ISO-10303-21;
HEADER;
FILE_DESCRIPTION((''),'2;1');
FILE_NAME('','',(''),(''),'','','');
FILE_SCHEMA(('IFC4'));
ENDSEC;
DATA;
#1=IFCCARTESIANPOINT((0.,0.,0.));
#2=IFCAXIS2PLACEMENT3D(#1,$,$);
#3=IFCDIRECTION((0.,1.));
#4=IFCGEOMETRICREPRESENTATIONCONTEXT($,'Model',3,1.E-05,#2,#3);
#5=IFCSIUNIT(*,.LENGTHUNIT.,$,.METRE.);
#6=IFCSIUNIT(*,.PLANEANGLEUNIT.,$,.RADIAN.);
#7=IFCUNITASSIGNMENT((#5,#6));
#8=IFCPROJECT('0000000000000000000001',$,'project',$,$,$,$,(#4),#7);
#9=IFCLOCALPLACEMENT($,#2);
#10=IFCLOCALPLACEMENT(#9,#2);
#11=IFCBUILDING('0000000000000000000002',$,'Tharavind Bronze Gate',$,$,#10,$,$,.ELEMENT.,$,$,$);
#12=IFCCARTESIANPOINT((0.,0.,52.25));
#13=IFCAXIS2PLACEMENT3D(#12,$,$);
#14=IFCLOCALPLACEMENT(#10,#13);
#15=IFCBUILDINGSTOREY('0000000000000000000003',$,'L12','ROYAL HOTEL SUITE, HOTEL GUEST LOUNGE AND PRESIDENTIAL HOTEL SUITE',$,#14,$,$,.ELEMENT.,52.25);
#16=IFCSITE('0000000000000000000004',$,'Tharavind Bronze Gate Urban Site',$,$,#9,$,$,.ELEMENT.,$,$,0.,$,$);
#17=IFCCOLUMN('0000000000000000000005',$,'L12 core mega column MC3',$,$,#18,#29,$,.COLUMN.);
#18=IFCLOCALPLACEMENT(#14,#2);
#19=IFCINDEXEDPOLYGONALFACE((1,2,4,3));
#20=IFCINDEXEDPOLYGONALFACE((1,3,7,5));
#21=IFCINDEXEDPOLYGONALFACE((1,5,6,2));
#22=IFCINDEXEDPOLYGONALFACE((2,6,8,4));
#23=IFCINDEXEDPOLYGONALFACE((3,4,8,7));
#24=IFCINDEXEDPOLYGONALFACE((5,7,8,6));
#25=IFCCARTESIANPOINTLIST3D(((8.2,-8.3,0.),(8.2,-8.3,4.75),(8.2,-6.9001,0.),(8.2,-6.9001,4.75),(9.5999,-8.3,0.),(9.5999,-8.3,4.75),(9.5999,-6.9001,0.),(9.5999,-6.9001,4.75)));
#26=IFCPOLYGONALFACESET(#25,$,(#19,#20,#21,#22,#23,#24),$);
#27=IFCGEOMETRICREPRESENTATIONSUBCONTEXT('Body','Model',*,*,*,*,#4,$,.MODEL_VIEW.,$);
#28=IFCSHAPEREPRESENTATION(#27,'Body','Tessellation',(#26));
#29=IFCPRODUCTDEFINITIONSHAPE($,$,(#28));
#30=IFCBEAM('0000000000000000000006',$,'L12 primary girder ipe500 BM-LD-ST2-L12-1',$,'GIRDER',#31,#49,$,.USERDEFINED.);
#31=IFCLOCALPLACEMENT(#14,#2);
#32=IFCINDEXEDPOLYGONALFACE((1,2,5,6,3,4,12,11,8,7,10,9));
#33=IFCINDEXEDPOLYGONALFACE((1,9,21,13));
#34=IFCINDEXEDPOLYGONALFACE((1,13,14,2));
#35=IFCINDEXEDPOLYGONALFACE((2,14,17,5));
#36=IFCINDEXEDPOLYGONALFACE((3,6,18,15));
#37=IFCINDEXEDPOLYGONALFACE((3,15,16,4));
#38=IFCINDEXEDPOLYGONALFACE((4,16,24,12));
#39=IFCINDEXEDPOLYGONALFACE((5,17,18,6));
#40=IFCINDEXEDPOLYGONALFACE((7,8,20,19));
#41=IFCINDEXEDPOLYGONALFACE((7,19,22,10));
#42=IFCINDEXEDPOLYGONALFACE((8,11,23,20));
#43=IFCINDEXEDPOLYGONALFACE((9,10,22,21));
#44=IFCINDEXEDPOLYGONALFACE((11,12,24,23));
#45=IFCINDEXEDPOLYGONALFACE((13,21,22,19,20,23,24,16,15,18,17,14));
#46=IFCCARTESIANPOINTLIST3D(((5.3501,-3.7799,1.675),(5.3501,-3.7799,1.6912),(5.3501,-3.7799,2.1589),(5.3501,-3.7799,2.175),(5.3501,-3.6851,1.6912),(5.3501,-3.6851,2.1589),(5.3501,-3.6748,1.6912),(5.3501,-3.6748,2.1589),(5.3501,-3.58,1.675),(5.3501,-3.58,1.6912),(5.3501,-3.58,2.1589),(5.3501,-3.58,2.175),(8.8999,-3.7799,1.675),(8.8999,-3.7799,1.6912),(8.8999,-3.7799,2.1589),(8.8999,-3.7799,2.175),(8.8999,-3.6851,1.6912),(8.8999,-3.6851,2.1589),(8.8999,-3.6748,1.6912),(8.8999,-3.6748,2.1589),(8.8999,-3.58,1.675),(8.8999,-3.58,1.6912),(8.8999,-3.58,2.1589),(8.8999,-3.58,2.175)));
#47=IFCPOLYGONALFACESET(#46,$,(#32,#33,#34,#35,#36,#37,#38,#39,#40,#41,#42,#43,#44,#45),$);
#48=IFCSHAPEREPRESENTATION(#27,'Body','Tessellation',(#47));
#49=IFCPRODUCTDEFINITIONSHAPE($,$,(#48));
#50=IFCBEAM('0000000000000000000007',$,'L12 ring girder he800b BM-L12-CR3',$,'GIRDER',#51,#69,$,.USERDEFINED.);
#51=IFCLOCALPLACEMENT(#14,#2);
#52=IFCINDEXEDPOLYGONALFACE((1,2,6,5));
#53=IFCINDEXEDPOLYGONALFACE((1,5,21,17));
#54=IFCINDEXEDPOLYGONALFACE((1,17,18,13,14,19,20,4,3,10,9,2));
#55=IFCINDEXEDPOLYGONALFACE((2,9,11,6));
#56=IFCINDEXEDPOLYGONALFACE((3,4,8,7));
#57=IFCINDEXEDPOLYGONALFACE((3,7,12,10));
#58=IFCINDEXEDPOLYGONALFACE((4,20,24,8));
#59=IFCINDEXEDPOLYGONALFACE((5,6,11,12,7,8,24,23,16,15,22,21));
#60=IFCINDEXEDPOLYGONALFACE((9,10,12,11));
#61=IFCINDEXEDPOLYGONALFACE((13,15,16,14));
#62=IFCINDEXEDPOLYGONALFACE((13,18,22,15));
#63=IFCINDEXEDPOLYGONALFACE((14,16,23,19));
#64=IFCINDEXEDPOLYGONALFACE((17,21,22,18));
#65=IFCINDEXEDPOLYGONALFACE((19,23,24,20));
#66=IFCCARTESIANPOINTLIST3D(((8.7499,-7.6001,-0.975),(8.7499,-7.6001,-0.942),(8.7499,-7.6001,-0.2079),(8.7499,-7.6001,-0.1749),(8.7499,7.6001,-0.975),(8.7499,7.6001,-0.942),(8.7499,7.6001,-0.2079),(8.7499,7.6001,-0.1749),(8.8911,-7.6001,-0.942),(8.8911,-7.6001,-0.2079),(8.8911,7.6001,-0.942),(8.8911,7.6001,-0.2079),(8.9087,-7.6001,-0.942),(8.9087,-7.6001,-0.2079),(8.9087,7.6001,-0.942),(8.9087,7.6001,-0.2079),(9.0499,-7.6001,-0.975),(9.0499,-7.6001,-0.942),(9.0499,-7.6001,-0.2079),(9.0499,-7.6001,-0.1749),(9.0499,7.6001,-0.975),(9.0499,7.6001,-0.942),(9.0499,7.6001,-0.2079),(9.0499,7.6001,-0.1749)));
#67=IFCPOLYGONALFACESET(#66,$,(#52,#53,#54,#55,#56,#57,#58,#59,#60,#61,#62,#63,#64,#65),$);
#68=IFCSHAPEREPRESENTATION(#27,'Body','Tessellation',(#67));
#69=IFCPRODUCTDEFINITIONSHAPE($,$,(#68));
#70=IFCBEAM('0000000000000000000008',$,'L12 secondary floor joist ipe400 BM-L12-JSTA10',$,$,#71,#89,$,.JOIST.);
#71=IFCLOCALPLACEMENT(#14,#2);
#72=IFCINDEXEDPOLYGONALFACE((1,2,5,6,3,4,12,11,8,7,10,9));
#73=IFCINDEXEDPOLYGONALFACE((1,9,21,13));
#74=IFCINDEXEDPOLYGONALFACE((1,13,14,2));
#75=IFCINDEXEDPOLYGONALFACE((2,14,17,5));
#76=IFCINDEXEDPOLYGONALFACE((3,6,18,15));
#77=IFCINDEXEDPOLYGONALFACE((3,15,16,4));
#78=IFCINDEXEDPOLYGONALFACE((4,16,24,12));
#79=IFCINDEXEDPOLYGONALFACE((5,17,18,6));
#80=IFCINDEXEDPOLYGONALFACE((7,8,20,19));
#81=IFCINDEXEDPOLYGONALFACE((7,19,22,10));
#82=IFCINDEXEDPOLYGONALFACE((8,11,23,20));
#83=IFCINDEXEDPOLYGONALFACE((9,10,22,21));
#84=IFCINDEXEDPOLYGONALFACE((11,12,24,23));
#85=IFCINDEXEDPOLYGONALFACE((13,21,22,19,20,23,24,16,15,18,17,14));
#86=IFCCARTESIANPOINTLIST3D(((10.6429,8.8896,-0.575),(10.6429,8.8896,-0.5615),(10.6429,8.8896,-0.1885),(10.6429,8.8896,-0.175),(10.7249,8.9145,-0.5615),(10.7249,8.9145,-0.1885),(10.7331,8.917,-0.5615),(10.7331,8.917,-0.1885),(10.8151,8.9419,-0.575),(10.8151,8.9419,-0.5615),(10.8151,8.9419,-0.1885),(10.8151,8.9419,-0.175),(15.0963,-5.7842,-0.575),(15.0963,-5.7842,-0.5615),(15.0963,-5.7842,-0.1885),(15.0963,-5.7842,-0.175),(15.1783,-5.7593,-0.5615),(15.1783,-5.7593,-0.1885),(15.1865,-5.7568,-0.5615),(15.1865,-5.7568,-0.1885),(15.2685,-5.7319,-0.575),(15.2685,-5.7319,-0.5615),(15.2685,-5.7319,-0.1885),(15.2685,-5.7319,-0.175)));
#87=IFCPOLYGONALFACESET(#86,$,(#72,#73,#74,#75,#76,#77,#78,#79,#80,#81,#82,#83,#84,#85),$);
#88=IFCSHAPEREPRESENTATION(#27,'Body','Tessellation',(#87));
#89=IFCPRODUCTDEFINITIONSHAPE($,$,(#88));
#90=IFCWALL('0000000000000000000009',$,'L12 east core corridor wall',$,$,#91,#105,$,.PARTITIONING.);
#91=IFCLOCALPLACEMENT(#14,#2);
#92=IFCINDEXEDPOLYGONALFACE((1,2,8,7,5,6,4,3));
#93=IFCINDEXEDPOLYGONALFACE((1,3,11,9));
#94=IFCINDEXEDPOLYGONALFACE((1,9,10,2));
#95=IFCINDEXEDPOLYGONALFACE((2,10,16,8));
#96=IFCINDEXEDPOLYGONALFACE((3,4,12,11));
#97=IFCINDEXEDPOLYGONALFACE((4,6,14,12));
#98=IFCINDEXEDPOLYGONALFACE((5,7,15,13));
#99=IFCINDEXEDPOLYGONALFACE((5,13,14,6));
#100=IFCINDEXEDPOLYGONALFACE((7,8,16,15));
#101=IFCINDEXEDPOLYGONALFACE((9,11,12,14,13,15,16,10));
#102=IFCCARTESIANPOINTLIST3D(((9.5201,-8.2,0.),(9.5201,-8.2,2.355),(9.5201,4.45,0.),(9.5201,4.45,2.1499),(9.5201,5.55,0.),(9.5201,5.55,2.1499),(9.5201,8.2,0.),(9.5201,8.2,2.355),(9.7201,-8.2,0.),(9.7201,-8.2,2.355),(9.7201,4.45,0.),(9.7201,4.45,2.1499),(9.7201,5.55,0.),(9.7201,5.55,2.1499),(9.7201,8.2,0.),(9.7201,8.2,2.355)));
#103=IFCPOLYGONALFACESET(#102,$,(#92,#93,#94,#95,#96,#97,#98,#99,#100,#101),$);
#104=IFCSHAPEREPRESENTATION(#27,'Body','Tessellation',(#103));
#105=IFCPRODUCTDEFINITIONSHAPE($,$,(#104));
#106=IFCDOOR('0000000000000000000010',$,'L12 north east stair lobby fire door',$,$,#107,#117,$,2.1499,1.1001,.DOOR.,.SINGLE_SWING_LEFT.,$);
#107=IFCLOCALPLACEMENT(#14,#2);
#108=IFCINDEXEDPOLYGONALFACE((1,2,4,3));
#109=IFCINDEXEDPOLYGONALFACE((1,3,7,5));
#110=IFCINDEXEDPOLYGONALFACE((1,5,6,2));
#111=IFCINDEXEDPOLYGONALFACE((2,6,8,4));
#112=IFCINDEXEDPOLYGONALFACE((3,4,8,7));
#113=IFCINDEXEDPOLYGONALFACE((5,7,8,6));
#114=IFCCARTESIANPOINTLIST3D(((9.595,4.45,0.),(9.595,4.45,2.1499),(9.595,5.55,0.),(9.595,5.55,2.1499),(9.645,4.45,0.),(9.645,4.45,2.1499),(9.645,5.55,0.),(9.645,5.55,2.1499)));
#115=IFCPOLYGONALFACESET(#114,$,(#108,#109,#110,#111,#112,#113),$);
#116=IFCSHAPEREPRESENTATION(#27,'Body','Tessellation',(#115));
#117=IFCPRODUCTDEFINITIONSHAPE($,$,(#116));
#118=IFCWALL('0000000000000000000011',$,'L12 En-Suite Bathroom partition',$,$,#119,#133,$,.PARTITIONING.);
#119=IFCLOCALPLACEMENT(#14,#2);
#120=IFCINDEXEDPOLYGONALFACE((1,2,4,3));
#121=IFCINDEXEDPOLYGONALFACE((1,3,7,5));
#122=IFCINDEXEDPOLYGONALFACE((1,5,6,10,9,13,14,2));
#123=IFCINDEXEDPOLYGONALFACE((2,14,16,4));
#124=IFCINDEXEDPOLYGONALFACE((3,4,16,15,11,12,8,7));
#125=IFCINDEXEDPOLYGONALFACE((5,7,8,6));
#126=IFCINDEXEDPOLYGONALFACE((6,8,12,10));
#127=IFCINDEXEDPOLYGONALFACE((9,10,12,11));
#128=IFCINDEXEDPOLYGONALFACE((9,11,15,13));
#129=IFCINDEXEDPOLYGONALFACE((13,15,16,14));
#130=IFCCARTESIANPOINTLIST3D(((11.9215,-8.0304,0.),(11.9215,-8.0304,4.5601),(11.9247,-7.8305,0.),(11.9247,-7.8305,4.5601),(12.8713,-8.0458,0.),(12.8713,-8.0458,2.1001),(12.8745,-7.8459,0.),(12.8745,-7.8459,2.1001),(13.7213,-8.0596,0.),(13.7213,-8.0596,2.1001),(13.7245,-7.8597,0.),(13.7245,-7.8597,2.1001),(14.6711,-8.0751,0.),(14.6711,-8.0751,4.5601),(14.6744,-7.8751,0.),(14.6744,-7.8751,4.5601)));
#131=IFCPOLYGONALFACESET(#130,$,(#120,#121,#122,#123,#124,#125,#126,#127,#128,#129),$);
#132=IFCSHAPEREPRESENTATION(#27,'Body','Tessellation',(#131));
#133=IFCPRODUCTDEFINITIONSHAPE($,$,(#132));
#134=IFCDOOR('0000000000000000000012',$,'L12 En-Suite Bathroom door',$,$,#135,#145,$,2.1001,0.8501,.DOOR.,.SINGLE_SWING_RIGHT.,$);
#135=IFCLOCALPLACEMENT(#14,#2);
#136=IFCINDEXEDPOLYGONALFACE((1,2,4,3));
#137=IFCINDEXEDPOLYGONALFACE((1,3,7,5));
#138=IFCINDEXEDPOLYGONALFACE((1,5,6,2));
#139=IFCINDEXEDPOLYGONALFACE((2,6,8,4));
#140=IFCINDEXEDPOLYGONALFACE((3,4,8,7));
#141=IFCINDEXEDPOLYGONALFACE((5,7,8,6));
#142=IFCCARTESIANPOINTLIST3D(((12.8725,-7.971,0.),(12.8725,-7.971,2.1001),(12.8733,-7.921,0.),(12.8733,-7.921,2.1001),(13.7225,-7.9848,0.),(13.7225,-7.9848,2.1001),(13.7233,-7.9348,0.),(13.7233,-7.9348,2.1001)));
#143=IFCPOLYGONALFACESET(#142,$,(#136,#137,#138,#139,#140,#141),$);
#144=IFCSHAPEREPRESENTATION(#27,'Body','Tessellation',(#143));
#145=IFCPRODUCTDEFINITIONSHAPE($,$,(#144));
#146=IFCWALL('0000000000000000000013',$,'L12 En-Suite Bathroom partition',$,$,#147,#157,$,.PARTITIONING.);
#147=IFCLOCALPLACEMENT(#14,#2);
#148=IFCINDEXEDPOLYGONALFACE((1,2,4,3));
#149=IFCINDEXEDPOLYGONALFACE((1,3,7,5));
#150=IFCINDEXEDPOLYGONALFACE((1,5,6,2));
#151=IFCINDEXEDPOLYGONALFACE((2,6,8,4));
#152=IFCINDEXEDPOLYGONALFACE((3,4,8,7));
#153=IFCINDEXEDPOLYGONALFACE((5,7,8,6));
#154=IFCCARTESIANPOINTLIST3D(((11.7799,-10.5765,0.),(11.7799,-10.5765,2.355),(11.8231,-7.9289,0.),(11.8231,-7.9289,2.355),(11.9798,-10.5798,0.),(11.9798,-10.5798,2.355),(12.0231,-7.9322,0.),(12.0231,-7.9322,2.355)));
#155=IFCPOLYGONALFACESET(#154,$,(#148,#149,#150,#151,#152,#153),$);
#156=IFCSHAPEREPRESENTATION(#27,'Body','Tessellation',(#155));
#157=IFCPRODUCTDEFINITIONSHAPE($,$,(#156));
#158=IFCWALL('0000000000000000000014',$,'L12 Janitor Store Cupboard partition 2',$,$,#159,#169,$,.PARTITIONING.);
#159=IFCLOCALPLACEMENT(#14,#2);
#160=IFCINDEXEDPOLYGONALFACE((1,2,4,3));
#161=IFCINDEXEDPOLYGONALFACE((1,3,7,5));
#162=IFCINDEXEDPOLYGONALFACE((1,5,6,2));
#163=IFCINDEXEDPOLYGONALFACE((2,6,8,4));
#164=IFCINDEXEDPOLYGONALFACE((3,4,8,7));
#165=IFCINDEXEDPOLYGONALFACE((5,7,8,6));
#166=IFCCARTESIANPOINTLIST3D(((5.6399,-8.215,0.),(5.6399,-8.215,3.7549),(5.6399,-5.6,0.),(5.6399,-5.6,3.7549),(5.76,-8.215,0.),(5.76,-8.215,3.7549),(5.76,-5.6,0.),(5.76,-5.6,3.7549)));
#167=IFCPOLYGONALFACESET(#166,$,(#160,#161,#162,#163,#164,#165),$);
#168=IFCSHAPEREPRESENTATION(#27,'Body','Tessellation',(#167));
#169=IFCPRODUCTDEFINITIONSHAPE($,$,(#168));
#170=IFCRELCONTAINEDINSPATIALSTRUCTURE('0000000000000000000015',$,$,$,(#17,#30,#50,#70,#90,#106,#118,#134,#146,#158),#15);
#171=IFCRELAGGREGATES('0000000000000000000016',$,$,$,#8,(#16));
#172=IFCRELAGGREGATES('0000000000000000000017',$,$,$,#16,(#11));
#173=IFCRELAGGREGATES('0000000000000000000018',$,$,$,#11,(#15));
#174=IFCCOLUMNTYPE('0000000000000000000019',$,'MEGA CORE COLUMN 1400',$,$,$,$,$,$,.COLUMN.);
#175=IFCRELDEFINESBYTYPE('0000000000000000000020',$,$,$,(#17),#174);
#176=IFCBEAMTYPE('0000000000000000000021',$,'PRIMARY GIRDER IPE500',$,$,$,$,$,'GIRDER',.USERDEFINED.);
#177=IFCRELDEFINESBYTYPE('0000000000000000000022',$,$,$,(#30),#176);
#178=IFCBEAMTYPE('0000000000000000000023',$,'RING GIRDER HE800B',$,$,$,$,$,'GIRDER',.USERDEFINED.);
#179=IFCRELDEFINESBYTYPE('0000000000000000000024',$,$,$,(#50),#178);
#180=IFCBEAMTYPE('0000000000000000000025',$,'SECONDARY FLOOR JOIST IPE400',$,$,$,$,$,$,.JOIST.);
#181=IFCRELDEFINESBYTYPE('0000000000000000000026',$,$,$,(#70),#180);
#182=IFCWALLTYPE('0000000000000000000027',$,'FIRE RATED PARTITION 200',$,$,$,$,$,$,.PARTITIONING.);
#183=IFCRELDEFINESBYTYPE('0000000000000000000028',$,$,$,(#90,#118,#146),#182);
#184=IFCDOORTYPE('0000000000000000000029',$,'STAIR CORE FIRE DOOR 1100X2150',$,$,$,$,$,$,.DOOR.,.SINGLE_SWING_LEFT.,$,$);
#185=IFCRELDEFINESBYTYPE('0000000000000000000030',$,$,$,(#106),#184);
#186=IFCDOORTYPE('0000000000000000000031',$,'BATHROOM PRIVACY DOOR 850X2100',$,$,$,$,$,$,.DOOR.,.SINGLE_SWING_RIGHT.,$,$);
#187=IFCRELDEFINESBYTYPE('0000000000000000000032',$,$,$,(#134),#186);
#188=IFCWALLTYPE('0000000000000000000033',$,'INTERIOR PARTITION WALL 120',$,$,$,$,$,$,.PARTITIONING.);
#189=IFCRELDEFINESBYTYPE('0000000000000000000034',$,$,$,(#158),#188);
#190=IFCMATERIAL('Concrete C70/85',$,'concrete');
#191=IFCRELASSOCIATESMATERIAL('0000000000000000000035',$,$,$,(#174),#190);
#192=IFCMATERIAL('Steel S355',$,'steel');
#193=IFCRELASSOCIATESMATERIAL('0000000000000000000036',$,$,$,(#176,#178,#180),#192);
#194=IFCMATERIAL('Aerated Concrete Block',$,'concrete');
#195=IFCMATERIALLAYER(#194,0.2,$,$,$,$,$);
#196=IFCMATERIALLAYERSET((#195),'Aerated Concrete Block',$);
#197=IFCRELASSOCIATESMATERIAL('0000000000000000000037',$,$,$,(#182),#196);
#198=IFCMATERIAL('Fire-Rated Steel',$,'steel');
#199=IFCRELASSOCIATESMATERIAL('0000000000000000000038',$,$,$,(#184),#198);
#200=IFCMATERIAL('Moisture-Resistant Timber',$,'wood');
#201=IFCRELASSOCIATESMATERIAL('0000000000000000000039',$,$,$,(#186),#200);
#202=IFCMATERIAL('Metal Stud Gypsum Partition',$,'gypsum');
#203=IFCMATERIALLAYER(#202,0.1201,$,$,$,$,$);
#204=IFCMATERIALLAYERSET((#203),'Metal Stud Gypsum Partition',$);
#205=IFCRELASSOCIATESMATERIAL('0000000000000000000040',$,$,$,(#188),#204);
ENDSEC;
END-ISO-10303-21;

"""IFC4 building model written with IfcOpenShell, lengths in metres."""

from ifc_helpers import new_model, si_unit, direction, frame, frame_2d, origin, origin_2d, place, context, subcontext, project, spatial, rectangle, i_section, extrude, material, layer, layer_set, material_profile, profile_set, type_object, element, fill, save


model = new_model("IFC4")

# Units and contexts
model_context = context("Model", 3, precision=1e-05, world=origin(), true_north=direction((0.0, 1.0)))
body_context = subcontext(model_context, "Body", "Model", "MODEL_VIEW")
ifc_project = project(units=[si_unit("LENGTHUNIT", "METRE"), si_unit("PLANEANGLEUNIT", "RADIAN")], contexts=[model_context])

# Site, building, storey
site_placement = place(None, origin())
site = spatial("IfcSite", under=ifc_project, at=site_placement, Name="Tharavind Bronze Gate Urban Site", CompositionType="ELEMENT", RefElevation=0.0)
building_placement = place(site_placement, origin())
building = spatial("IfcBuilding", under=site, at=building_placement, Name="Tharavind Bronze Gate", CompositionType="ELEMENT")
storey_placement = place(building_placement, frame((0.0, 0.0, 52.25)))
storey = spatial("IfcBuildingStorey", under=building, at=storey_placement, Name="L12", Description="ROYAL HOTEL SUITE, HOTEL GUEST LOUNGE AND PRESIDENTIAL HOTEL SUITE", CompositionType="ELEMENT", Elevation=52.25)

# Column
ifc_material_1 = material(Name="Concrete C70/85", Category="concrete")
ifc_material_profile_1 = material_profile(ifc_material_1, rectangle(XDim=1.3999, YDim=1.3999, at=origin_2d()), Name="RCCOL1400")
ifc_profile_set_1 = profile_set([ifc_material_profile_1], Name="Concrete C70/85")
column_type = type_object("IfcColumnType", Name="MEGA CORE COLUMN 1400", PredefinedType="COLUMN", material=ifc_profile_set_1)
column_placement = place(storey_placement, frame((8.8999, -7.6001, 0.0), z_axis=(0.0, 0.0, 1.0), x_axis=(1.0, 0.0, 0.0)))
element("IfcColumn", 1, at=column_placement, inside=storey, type_object=column_type, Name="L12 core mega column MC3", PredefinedType="COLUMN", context=body_context, shape_type="SweptSolid", body=[
    extrude(rectangle(XDim=1.3999, YDim=1.3999, at=origin_2d()), origin(), (0.0, 0.0, 1.0), 4.75),
])

# Beams
ifc_material_2 = material(Name="Steel S355", Category="steel")
ifc_material_profile_2 = material_profile(ifc_material_2, i_section(OverallWidth=0.2, OverallDepth=0.5, WebThickness=0.0103, FlangeThickness=0.0161, at=origin_2d()), Name="IPE500")
ifc_profile_set_2 = profile_set([ifc_material_profile_2], Name="Steel S355")
beam_type_1 = type_object("IfcBeamType", Name="PRIMARY GIRDER IPE500", ElementType="GIRDER", PredefinedType="USERDEFINED", material=ifc_profile_set_2)
beam_1_placement = place(storey_placement, frame((5.3501, -3.6799, 1.925), z_axis=(1.0, 0.0, 0.0), x_axis=(0.0, 1.0, 0.0)))
element("IfcBeam", 2, at=beam_1_placement, inside=storey, type_object=beam_type_1, Name="L12 primary girder ipe500 BM-LD-ST2-L12-1", ObjectType="GIRDER", PredefinedType="USERDEFINED", context=body_context, shape_type="SweptSolid", body=[
    extrude(i_section(OverallWidth=0.2, OverallDepth=0.5, WebThickness=0.0103, FlangeThickness=0.0161, at=origin_2d()), origin(), (0.0, 0.0, 1.0), 3.5498),
])
ifc_material_profile_3 = material_profile(ifc_material_2, i_section(OverallWidth=0.3, OverallDepth=0.8, WebThickness=0.0176, FlangeThickness=0.033, at=origin_2d()), Name="HE800B")
ifc_profile_set_3 = profile_set([ifc_material_profile_3], Name="Steel S355")
beam_type_2 = type_object("IfcBeamType", Name="RING GIRDER HE800B", ElementType="GIRDER", PredefinedType="USERDEFINED", material=ifc_profile_set_3)
beam_2_placement = place(storey_placement, frame((8.8999, -7.6001, -0.575), z_axis=(0.0, 1.0, 0.0), x_axis=(-1.0, 0.0, 0.0)))
element("IfcBeam", 3, at=beam_2_placement, inside=storey, type_object=beam_type_2, Name="L12 ring girder he800b BM-L12-CR3", ObjectType="GIRDER", PredefinedType="USERDEFINED", context=body_context, shape_type="SweptSolid", body=[
    extrude(i_section(OverallWidth=0.3, OverallDepth=0.8, WebThickness=0.0176, FlangeThickness=0.033, at=origin_2d()), origin(), (0.0, 0.0, 1.0), 15.2002),
])
ifc_material_profile_4 = material_profile(ifc_material_2, i_section(OverallWidth=0.1799, OverallDepth=0.3999, WebThickness=0.0085, FlangeThickness=0.0134, at=origin_2d()), Name="IPE400")
ifc_profile_set_4 = profile_set([ifc_material_profile_4], Name="Steel S355")
beam_type_3 = type_object("IfcBeamType", Name="SECONDARY FLOOR JOIST IPE400", PredefinedType="JOIST", material=ifc_profile_set_4)
beam_3_placement = place(storey_placement, frame((15.1824, -5.7581, -0.375), z_axis=(-0.290411, 0.956902, 0.0), x_axis=(-0.956902, -0.290411, 0.0)))
element("IfcBeam", 4, at=beam_3_placement, inside=storey, type_object=beam_type_3, Name="L12 secondary floor joist ipe400 BM-L12-JSTA10", PredefinedType="JOIST", context=body_context, shape_type="SweptSolid", body=[
    extrude(i_section(OverallWidth=0.1799, OverallDepth=0.3999, WebThickness=0.0085, FlangeThickness=0.0134, at=origin_2d()), origin(), (0.0, 0.0, 1.0), 15.3347),
])

# Walls, openings, doors
ifc_material_3 = material(Name="Aerated Concrete Block", Category="concrete")
ifc_layer_1 = layer(ifc_material_3, 0.2)
ifc_layer_set_1 = layer_set([ifc_layer_1], Name="Aerated Concrete Block")
wall_type_1 = type_object("IfcWallType", Name="FIRE RATED PARTITION 200", PredefinedType="PARTITIONING", material=ifc_layer_set_1)
wall_1_placement = place(storey_placement, frame((9.6201, -8.2, 0.0), z_axis=(0.0, 0.0, 1.0), x_axis=(0.0, 1.0, 0.0)))
wall_1 = element("IfcWall", 5, at=wall_1_placement, inside=storey, type_object=wall_type_1, Name="L12 east core corridor wall", PredefinedType="PARTITIONING", context=body_context, shape_type="SweptSolid", body=[
    extrude(rectangle(XDim=16.3999, YDim=0.2, at=frame_2d((8.2, 0.0))), origin(), (0.0, 0.0, 1.0), 2.355),
])
opening_1_placement = place(wall_1_placement, frame((12.6499, 0.0, 0.0)))
opening_1 = element("IfcOpeningElement", 6, at=opening_1_placement, cuts=wall_1, PredefinedType="OPENING", context=body_context, shape_type="SweptSolid", body=[
    extrude(rectangle(XDim=1.1001, YDim=2.1499, at=frame_2d((0.55, 1.075))), frame((0.0, 0.1101, 0.0), z_axis=(0.0, -1.0, 0.0), x_axis=(1.0, 0.0, 0.0)), (0.0, 0.0, 1.0), 0.22),
])
ifc_material_4 = material(Name="Fire-Rated Steel", Category="steel")
door_type_1 = type_object("IfcDoorType", Name="STAIR CORE FIRE DOOR 1100X2150", OperationType="SINGLE_SWING_LEFT", PredefinedType="DOOR", material=ifc_material_4)
door_1_placement = place(opening_1_placement, frame((1.1001, 0.0, 0.0), z_axis=(0.0, 0.0, 1.0), x_axis=(-1.0, 0.0, 0.0)))
door_1 = element("IfcDoor", 7, at=door_1_placement, inside=storey, type_object=door_type_1, Name="L12 north east stair lobby fire door", OperationType="SINGLE_SWING_LEFT", OverallHeight=2.1499, OverallWidth=1.1001, PredefinedType="DOOR", context=body_context, shape_type="SweptSolid", body=[
    extrude(rectangle(XDim=1.1001, YDim=2.1499, at=frame_2d((0.55, 1.075))), frame((0.0, 0.0249, 0.0), z_axis=(0.0, -1.0, 0.0), x_axis=(1.0, 0.0, 0.0)), (0.0, 0.0, 1.0), 0.05),
])
fill(opening_1, door_1)
wall_2_placement = place(storey_placement, frame((11.9231, -7.9304, 0.0), z_axis=(0.0, 0.0, 1.0), x_axis=(0.999868, -0.016246, 0.0)))
wall_2 = element("IfcWall", 8, at=wall_2_placement, inside=storey, type_object=wall_type_1, Name="L12 En-Suite Bathroom partition", PredefinedType="PARTITIONING", context=body_context, shape_type="SweptSolid", body=[
    extrude(rectangle(XDim=2.75, YDim=0.2, at=frame_2d((1.375, 0.0))), origin(), (0.0, 0.0, 1.0), 4.5601),
])
opening_2_placement = place(wall_2_placement, frame((0.95, 0.0, 0.0)))
opening_2 = element("IfcOpeningElement", 9, at=opening_2_placement, cuts=wall_2, PredefinedType="OPENING", context=body_context, shape_type="SweptSolid", body=[
    extrude(rectangle(XDim=0.8501, YDim=2.1001, at=frame_2d((0.425, 1.05))), frame((0.0, 0.1101, 0.0), z_axis=(0.0, -1.0, 0.0), x_axis=(1.0, 0.0, 0.0)), (0.0, 0.0, 1.0), 0.22),
])
ifc_material_5 = material(Name="Moisture-Resistant Timber", Category="wood")
door_type_2 = type_object("IfcDoorType", Name="BATHROOM PRIVACY DOOR 850X2100", OperationType="SINGLE_SWING_RIGHT", PredefinedType="DOOR", material=ifc_material_5)
door_2_placement = place(opening_2_placement, origin())
door_2 = element("IfcDoor", 10, at=door_2_placement, inside=storey, type_object=door_type_2, Name="L12 En-Suite Bathroom door", OperationType="SINGLE_SWING_RIGHT", OverallHeight=2.1001, OverallWidth=0.8501, PredefinedType="DOOR", context=body_context, shape_type="SweptSolid", body=[
    extrude(rectangle(XDim=0.8501, YDim=2.1001, at=frame_2d((0.425, 1.05))), frame((0.0, 0.0249, 0.0), z_axis=(0.0, -1.0, 0.0), x_axis=(1.0, 0.0, 0.0)), (0.0, 0.0, 1.0), 0.05),
])
fill(opening_2, door_2)

# Wall
wall_3_placement = place(storey_placement, frame((11.8799, -10.5781, 0.0), z_axis=(0.0, 0.0, 1.0), x_axis=(0.016319, 0.999867, 0.0)))
element("IfcWall", 11, at=wall_3_placement, inside=storey, type_object=wall_type_1, Name="L12 En-Suite Bathroom partition", PredefinedType="PARTITIONING", context=body_context, shape_type="SweptSolid", body=[
    extrude(rectangle(XDim=2.6479, YDim=0.2, at=frame_2d((1.324, 0.0))), origin(), (0.0, 0.0, 1.0), 2.355),
])

# Wall
ifc_material_6 = material(Name="Metal Stud Gypsum Partition", Category="gypsum")
ifc_layer_2 = layer(ifc_material_6, 0.1201)
ifc_layer_set_2 = layer_set([ifc_layer_2], Name="Metal Stud Gypsum Partition")
wall_type_2 = type_object("IfcWallType", Name="INTERIOR PARTITION WALL 120", PredefinedType="PARTITIONING", material=ifc_layer_set_2)
wall_4_placement = place(storey_placement, frame((5.7, -8.2151, 0.0), z_axis=(0.0, 0.0, 1.0), x_axis=(0.0, 1.0, 0.0)))
element("IfcWall", 12, at=wall_4_placement, inside=storey, type_object=wall_type_2, Name="L12 Janitor Store Cupboard partition 2", PredefinedType="PARTITIONING", context=body_context, shape_type="SweptSolid", body=[
    extrude(rectangle(XDim=2.615, YDim=0.1201, at=frame_2d((1.3076, 0.0))), origin(), (0.0, 0.0, 1.0), 3.7549),
])

save(model, "model.ifc")
